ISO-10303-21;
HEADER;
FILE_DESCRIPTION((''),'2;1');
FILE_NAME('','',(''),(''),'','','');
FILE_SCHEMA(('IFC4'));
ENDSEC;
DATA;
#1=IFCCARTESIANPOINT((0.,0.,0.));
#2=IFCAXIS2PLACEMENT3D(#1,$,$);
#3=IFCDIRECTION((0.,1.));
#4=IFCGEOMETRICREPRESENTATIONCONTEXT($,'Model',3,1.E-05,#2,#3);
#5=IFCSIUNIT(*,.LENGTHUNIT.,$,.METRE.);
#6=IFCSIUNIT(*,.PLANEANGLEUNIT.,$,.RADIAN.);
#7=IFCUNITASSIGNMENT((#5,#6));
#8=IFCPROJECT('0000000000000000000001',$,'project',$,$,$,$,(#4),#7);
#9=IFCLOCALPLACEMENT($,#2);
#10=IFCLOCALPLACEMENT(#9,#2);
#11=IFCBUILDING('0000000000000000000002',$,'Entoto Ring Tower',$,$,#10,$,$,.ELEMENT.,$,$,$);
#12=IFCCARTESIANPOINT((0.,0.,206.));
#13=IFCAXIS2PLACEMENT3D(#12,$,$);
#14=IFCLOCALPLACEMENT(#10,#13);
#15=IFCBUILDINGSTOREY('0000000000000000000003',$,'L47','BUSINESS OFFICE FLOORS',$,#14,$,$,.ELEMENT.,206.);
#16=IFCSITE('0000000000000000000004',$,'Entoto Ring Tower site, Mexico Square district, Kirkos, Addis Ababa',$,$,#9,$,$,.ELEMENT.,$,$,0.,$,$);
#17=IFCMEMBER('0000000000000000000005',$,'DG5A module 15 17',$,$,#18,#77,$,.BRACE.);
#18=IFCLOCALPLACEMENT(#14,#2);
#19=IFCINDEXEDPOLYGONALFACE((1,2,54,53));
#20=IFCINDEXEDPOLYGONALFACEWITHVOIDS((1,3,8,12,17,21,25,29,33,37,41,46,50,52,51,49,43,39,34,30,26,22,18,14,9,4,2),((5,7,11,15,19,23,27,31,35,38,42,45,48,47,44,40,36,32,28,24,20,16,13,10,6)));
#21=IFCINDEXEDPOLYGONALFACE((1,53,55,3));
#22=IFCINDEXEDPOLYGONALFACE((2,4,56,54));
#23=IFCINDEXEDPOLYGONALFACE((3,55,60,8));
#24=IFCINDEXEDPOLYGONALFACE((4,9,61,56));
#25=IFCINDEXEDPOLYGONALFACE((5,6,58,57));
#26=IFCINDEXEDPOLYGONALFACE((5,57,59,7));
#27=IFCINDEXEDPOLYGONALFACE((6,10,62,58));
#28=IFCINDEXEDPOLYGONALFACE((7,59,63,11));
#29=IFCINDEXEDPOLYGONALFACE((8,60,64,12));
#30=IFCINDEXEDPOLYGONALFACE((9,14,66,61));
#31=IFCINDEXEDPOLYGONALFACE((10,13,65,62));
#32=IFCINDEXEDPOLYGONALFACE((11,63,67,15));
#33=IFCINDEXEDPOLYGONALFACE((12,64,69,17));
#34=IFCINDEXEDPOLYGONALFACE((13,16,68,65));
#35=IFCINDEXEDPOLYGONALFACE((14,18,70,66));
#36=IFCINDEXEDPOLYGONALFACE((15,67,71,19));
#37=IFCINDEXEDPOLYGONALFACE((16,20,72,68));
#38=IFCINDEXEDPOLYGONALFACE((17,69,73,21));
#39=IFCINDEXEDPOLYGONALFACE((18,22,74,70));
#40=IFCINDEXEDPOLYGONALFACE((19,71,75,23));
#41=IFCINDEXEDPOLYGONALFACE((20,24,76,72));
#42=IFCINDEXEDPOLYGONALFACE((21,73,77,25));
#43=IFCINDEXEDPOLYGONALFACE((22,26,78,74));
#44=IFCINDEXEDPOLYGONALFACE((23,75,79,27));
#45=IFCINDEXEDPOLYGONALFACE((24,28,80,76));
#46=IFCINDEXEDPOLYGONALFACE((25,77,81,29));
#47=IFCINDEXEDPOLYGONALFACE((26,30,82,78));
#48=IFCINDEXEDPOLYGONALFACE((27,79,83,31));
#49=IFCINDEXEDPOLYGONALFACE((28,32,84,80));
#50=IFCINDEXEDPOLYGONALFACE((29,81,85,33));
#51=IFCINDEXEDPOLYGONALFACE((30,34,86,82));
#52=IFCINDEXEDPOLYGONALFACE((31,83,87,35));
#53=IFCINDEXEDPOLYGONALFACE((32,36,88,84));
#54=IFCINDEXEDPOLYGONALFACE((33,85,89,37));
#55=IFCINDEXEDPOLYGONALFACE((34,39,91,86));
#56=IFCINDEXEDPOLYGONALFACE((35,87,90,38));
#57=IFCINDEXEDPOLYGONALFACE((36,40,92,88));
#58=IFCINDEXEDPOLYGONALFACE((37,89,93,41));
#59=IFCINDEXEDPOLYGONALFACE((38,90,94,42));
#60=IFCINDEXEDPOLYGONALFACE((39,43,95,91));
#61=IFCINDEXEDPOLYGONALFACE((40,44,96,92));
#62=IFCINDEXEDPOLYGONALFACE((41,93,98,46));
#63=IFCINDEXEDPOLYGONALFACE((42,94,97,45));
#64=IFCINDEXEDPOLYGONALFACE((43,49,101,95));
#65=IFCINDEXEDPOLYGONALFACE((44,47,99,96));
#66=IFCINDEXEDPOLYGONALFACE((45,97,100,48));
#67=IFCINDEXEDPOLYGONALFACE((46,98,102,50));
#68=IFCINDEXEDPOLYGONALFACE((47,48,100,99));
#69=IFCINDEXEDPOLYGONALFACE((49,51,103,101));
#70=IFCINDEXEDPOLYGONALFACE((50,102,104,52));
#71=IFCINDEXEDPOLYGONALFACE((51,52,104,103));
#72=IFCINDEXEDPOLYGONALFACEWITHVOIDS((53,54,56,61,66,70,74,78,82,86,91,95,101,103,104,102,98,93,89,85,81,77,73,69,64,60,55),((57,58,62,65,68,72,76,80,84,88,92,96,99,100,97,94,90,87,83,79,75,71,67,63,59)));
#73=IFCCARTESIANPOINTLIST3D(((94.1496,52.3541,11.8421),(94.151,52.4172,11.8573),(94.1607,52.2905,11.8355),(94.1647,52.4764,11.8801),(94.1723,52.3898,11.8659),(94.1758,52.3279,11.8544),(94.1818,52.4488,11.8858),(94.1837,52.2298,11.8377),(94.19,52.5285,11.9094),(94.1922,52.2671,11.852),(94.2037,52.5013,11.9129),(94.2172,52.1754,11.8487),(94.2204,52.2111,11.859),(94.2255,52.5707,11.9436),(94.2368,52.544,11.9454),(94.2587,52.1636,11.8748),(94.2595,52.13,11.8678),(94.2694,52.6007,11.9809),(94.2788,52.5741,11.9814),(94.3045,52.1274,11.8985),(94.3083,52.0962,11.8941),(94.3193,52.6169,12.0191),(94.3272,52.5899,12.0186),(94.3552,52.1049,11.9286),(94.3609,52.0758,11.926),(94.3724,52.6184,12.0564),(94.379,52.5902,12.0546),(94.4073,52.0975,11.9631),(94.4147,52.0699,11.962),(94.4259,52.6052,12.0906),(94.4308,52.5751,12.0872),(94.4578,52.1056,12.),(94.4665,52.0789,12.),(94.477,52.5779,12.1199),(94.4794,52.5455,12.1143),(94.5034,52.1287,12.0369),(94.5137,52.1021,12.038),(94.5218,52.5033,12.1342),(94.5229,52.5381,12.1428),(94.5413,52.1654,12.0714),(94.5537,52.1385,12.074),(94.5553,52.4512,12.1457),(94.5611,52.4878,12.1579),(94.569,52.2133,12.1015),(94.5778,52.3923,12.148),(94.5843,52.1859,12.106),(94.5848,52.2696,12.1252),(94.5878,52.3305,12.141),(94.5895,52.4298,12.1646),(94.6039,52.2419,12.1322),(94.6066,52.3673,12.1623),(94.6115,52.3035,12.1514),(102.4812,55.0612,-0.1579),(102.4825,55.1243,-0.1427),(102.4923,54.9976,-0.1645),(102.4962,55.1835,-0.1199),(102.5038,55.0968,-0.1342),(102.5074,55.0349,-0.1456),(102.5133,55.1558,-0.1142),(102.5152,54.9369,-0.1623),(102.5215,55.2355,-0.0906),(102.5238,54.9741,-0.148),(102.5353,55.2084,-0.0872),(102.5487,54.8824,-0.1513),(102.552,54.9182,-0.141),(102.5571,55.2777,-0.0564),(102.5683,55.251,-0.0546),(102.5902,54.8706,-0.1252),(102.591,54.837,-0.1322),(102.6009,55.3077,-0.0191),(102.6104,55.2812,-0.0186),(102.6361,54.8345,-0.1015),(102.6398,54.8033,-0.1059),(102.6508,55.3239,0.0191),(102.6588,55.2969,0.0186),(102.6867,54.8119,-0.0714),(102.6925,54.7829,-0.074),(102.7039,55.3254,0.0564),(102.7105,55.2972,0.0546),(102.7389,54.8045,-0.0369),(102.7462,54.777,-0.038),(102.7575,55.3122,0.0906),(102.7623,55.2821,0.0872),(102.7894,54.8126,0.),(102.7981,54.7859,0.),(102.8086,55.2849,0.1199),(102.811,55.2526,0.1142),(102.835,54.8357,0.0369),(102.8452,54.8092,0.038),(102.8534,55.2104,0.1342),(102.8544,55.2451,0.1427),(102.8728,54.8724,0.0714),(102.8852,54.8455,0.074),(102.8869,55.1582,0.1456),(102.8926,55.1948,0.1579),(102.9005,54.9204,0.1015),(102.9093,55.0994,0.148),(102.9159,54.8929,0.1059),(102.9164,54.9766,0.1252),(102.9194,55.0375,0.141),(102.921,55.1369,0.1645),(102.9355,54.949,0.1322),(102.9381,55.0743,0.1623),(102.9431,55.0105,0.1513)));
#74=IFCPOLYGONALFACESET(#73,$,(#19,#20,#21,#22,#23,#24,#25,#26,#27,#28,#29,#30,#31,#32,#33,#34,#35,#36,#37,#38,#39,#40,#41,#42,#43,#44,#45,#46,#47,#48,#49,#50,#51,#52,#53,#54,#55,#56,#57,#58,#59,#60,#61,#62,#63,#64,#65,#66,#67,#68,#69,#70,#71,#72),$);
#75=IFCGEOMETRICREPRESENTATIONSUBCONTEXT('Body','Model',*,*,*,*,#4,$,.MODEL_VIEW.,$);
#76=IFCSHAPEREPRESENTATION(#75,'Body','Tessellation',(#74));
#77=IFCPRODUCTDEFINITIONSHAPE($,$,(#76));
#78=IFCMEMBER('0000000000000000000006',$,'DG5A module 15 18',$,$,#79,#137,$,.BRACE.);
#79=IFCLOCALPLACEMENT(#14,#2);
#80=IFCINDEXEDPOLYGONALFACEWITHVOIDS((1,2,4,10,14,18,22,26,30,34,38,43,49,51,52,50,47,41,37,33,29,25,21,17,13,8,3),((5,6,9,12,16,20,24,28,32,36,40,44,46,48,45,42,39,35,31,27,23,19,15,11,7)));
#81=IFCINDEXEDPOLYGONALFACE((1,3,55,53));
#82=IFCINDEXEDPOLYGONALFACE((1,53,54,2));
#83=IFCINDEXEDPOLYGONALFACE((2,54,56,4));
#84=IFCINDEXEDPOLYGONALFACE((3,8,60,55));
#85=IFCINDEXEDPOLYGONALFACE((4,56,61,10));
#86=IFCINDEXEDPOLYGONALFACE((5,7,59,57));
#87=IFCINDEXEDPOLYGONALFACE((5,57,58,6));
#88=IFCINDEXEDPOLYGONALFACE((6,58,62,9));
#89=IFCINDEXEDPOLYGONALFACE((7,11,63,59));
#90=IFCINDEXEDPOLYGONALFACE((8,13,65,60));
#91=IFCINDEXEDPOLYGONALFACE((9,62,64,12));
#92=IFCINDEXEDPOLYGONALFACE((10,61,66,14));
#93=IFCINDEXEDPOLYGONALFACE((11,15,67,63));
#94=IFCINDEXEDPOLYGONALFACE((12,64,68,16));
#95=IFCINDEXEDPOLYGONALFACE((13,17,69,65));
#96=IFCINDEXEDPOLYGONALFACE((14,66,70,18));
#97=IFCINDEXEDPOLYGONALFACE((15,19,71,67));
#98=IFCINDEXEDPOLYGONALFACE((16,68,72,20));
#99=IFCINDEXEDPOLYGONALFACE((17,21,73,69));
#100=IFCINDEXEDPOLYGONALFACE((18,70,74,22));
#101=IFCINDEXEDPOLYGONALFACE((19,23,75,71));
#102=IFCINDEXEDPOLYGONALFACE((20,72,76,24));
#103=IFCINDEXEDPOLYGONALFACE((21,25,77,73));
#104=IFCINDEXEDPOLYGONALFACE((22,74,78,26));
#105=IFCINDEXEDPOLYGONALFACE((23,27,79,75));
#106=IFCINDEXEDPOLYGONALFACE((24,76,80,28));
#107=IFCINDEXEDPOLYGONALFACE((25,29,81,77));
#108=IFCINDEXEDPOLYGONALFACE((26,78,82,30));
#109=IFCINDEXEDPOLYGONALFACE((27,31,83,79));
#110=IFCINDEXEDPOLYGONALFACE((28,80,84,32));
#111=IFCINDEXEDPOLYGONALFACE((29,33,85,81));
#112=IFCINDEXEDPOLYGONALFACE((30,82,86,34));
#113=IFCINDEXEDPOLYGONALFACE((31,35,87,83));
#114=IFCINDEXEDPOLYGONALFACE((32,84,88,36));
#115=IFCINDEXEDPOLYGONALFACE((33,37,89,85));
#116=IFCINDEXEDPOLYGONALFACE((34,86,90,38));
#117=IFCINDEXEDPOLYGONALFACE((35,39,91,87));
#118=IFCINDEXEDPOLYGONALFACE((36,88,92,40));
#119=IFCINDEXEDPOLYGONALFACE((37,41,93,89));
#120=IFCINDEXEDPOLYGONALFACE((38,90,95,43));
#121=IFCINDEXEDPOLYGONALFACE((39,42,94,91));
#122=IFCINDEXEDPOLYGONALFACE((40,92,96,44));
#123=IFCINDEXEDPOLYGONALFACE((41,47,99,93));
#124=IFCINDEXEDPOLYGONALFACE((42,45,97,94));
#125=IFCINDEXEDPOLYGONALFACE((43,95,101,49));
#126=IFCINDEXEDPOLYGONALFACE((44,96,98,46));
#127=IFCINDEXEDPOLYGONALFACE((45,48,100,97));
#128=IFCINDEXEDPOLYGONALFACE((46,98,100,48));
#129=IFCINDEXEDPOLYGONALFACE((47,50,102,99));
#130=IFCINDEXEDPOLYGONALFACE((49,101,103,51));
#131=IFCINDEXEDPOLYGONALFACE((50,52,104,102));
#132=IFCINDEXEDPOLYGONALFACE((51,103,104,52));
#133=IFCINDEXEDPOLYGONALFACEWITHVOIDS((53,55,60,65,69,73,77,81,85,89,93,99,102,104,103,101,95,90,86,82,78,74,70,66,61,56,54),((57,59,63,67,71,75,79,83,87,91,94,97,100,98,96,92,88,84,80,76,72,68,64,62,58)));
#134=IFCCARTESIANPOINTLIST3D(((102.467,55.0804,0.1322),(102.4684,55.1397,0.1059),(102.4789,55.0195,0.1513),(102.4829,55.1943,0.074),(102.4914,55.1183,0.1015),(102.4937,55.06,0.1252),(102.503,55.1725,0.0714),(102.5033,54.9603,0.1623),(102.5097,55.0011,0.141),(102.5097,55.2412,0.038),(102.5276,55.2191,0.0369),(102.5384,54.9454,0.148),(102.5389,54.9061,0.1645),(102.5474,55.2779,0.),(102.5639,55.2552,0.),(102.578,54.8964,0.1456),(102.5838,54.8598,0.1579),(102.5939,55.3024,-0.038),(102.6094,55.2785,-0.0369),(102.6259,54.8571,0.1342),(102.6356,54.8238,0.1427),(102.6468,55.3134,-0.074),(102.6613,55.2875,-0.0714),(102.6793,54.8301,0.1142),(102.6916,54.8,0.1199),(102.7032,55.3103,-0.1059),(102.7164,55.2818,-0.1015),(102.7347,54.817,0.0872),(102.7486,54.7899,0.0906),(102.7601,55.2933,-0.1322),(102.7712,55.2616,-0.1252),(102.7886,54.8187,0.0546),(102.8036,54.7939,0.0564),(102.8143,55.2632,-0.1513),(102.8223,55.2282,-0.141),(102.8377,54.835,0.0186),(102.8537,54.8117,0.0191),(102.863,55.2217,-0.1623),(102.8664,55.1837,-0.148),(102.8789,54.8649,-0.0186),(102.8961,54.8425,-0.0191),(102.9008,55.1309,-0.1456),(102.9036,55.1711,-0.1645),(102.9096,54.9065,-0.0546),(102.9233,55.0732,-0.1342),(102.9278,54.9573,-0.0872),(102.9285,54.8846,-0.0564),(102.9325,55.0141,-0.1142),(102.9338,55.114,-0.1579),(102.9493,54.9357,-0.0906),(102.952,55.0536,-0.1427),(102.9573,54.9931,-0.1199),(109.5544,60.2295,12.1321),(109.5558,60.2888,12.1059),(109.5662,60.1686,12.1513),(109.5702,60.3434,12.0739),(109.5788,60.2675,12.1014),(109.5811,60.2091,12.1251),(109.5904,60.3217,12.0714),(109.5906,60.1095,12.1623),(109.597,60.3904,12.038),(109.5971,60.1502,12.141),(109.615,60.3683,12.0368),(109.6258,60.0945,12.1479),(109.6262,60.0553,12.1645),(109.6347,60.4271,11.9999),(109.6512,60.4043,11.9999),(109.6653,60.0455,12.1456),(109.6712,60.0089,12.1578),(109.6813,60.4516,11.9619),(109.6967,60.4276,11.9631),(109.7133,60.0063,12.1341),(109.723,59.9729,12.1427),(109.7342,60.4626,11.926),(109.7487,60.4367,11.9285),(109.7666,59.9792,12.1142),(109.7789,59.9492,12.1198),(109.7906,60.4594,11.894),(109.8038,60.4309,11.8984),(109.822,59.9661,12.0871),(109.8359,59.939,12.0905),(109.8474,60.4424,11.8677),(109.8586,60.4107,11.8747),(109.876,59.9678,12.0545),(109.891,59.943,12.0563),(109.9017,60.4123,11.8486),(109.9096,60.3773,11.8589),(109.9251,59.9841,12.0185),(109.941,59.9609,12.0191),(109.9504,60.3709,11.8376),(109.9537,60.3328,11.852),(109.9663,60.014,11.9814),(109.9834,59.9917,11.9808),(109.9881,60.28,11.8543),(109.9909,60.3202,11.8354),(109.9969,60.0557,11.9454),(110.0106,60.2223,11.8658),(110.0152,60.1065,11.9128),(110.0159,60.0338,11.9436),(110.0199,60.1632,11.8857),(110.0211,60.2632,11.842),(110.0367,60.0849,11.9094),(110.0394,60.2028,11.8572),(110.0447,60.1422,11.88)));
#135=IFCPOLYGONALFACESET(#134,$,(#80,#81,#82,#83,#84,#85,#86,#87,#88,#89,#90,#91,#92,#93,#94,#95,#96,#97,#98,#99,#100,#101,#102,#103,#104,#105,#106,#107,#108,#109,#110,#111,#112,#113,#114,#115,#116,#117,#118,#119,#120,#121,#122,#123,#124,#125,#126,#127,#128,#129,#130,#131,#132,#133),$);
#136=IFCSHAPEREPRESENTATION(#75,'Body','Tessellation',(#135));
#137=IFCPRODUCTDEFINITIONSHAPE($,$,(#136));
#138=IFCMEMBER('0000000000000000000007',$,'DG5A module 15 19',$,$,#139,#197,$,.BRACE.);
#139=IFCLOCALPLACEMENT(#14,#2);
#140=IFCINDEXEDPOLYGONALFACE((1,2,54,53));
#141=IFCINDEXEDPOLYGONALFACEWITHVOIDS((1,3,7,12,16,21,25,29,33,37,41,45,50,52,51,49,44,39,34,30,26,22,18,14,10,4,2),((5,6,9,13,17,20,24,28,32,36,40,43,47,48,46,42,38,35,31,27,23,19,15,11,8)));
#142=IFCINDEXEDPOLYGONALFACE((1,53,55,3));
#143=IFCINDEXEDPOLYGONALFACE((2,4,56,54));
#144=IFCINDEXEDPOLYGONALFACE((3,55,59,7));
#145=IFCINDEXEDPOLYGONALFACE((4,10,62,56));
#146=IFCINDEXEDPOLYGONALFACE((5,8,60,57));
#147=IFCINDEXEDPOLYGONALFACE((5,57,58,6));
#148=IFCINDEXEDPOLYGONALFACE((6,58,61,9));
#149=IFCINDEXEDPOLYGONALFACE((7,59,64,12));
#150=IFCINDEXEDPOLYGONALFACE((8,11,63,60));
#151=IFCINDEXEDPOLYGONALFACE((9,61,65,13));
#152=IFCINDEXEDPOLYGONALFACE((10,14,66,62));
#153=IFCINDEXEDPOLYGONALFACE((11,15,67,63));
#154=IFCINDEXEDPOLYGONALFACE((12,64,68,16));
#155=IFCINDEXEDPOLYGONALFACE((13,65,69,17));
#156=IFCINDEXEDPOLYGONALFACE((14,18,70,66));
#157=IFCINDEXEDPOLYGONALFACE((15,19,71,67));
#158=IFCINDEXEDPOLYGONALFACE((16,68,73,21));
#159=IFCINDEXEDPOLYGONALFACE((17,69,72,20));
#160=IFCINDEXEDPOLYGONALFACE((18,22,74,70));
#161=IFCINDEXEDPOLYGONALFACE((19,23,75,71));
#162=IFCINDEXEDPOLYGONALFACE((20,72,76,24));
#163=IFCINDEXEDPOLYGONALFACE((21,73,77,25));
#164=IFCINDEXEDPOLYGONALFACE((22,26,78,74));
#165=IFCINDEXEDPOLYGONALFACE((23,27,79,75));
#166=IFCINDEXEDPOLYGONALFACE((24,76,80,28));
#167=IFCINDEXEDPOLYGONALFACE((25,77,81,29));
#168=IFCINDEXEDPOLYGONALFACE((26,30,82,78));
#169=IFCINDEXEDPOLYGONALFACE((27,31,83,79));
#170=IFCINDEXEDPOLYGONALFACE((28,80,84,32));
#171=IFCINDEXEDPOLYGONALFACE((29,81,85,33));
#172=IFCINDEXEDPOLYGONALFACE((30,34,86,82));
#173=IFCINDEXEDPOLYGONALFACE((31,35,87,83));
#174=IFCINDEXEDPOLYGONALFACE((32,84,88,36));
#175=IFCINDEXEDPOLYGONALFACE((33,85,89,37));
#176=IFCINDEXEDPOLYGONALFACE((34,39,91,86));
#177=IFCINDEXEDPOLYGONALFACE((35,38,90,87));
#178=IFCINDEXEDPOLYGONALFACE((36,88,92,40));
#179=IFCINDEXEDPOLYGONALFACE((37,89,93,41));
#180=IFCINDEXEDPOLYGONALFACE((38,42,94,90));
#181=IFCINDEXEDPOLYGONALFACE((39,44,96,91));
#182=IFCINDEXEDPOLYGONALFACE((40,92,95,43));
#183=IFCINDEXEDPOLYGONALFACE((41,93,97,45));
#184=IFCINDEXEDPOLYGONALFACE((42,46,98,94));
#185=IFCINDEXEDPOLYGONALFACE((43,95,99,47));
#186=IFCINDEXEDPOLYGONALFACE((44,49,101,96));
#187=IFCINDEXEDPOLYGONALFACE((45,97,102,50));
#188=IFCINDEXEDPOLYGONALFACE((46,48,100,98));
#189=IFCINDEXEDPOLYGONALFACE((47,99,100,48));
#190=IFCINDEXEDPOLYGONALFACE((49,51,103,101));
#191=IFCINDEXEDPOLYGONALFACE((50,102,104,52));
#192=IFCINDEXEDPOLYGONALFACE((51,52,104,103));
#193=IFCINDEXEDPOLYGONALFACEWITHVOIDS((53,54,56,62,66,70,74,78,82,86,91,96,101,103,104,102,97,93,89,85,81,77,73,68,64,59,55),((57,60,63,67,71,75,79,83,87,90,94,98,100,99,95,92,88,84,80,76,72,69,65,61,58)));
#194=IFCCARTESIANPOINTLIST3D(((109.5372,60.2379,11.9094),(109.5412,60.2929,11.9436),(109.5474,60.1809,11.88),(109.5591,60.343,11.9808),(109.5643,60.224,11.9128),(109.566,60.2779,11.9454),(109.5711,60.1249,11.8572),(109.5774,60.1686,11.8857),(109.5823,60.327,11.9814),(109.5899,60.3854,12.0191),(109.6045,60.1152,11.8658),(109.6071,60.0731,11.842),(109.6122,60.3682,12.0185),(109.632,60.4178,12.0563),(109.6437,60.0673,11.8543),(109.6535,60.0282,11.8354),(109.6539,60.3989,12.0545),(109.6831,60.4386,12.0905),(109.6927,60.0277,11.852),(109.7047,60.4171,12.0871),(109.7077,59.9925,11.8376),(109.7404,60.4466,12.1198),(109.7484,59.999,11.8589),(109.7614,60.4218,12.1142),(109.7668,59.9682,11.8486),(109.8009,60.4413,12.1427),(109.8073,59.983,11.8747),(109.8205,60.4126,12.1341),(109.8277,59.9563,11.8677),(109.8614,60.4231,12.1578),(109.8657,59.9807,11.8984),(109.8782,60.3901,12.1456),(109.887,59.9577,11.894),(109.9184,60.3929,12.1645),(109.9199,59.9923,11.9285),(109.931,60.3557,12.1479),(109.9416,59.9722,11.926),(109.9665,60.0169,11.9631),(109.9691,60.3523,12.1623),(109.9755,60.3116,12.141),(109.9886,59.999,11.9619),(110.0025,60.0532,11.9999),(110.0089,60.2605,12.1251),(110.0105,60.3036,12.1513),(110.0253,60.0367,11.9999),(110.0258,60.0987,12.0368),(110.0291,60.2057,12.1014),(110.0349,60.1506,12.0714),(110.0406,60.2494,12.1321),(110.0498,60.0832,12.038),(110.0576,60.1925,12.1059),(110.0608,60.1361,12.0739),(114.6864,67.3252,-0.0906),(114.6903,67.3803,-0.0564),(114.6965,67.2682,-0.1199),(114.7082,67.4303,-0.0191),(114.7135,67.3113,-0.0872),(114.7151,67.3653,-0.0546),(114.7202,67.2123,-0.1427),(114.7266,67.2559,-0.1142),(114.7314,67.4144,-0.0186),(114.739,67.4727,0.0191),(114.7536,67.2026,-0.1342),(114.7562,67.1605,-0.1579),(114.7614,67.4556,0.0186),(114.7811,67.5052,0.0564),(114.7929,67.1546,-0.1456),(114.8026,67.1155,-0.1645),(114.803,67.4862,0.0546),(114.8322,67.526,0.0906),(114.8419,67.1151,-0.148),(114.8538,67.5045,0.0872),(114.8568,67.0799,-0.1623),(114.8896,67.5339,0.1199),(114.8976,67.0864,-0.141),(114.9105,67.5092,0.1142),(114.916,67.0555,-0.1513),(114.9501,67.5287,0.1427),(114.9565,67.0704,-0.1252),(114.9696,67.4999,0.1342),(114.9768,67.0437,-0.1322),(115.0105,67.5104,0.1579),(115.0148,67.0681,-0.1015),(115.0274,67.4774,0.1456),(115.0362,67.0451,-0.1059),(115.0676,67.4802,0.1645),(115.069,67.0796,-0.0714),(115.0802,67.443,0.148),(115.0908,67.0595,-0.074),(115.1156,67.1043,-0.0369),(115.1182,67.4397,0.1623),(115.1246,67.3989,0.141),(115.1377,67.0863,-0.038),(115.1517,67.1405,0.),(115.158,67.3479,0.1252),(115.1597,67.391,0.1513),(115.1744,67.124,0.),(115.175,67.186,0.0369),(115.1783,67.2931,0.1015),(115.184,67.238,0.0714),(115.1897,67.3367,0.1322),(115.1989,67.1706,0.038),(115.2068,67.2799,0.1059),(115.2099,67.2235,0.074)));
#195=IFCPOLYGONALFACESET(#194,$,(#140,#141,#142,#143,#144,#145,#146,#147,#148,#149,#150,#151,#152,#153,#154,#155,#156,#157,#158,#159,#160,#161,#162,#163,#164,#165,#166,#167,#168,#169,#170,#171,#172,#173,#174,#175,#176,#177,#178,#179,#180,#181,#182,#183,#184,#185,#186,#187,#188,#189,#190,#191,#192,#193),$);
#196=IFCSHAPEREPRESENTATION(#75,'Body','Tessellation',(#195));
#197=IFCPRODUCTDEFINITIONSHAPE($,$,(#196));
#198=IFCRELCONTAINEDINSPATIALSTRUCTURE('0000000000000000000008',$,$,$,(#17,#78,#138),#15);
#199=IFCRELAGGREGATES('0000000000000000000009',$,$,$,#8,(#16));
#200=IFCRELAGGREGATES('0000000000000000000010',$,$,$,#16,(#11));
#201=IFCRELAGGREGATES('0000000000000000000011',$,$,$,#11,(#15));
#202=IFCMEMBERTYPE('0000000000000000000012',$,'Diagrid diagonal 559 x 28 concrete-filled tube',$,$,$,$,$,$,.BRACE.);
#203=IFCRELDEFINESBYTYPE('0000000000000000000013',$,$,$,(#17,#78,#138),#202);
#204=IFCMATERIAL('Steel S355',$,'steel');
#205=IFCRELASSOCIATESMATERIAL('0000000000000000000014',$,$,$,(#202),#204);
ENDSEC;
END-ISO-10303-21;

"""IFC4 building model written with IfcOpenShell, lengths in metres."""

from ifc_helpers import new_model, si_unit, direction, frame, origin, origin_2d, place, context, subcontext, project, spatial, circle, hollow_circle, extrude, material, material_profile, profile_set, type_object, element, save


model = new_model("IFC4")

# Units and contexts
model_context = context("Model", 3, precision=1e-05, world=origin(), true_north=direction((0.0, 1.0)))
body_context = subcontext(model_context, "Body", "Model", "MODEL_VIEW")
ifc_project = project(units=[si_unit("LENGTHUNIT", "METRE"), si_unit("PLANEANGLEUNIT", "RADIAN")], contexts=[model_context])

# Site, building, storey
site_placement = place(None, origin())
site = spatial("IfcSite", under=ifc_project, at=site_placement, Name="Entoto Ring Tower site, Mexico Square district, Kirkos, Addis Ababa", CompositionType="ELEMENT", RefElevation=0.0)
building_placement = place(site_placement, origin())
building = spatial("IfcBuilding", under=site, at=building_placement, Name="Entoto Ring Tower", CompositionType="ELEMENT")
storey_placement = place(building_placement, frame((0.0, 0.0, 206.0)))
storey = spatial("IfcBuildingStorey", under=building, at=storey_placement, Name="L47", Description="BUSINESS OFFICE FLOORS", CompositionType="ELEMENT", Elevation=206.0)

# Members
ifc_material_1 = material(Name="Steel S355", Category="steel")
ifc_material_profile_1 = material_profile(ifc_material_1, hollow_circle(Radius=0.2795, WallThickness=0.0281, at=origin_2d()), Name="CHS 559 x 28")
ifc_material_2 = material(Name="Concrete C60/75", Category="concrete")
ifc_material_profile_2 = material_profile(ifc_material_2, circle(Radius=0.2515, at=origin_2d()), Name="Concrete C60/75 infill")
ifc_profile_set_1 = profile_set([ifc_material_profile_1, ifc_material_profile_2], Name="Steel S355")
member_type_1 = type_object("IfcMemberType", Name="Diagrid diagonal 559 x 28 concrete-filled tube", PredefinedType="BRACE", material=ifc_profile_set_1)
for number, where, z_axis, x_axis, name in (
    (1, (102.7117, 55.0518, 0.0), (-0.560767, -0.182201, 0.807678), (0.309012, -0.951058, 0.0), "DG5A module 15 17"),
    (2, (102.7117, 55.0518, 0.0), (0.477025, 0.34657, 0.807673), (-0.587776, 0.809024, 0.0), "DG5A module 15 18"),
    (3, (114.9482, 67.2883, 0.0), (-0.34657, -0.477025, 0.807673), (0.809024, -0.587776, 0.0), "DG5A module 15 19"),
):
    element("IfcMember", number, at=place(storey_placement, frame(where, z_axis=z_axis, x_axis=x_axis)), inside=storey, type_object=member_type_1, Name=name, PredefinedType="BRACE", context=body_context, shape_type="SweptSolid", body=[
        extrude(hollow_circle(Radius=0.2795, WallThickness=0.0281, at=origin_2d()), origin(), (0.0, 0.0, 1.0), 14.8574),
    ])

save(model, "model.ifc")
